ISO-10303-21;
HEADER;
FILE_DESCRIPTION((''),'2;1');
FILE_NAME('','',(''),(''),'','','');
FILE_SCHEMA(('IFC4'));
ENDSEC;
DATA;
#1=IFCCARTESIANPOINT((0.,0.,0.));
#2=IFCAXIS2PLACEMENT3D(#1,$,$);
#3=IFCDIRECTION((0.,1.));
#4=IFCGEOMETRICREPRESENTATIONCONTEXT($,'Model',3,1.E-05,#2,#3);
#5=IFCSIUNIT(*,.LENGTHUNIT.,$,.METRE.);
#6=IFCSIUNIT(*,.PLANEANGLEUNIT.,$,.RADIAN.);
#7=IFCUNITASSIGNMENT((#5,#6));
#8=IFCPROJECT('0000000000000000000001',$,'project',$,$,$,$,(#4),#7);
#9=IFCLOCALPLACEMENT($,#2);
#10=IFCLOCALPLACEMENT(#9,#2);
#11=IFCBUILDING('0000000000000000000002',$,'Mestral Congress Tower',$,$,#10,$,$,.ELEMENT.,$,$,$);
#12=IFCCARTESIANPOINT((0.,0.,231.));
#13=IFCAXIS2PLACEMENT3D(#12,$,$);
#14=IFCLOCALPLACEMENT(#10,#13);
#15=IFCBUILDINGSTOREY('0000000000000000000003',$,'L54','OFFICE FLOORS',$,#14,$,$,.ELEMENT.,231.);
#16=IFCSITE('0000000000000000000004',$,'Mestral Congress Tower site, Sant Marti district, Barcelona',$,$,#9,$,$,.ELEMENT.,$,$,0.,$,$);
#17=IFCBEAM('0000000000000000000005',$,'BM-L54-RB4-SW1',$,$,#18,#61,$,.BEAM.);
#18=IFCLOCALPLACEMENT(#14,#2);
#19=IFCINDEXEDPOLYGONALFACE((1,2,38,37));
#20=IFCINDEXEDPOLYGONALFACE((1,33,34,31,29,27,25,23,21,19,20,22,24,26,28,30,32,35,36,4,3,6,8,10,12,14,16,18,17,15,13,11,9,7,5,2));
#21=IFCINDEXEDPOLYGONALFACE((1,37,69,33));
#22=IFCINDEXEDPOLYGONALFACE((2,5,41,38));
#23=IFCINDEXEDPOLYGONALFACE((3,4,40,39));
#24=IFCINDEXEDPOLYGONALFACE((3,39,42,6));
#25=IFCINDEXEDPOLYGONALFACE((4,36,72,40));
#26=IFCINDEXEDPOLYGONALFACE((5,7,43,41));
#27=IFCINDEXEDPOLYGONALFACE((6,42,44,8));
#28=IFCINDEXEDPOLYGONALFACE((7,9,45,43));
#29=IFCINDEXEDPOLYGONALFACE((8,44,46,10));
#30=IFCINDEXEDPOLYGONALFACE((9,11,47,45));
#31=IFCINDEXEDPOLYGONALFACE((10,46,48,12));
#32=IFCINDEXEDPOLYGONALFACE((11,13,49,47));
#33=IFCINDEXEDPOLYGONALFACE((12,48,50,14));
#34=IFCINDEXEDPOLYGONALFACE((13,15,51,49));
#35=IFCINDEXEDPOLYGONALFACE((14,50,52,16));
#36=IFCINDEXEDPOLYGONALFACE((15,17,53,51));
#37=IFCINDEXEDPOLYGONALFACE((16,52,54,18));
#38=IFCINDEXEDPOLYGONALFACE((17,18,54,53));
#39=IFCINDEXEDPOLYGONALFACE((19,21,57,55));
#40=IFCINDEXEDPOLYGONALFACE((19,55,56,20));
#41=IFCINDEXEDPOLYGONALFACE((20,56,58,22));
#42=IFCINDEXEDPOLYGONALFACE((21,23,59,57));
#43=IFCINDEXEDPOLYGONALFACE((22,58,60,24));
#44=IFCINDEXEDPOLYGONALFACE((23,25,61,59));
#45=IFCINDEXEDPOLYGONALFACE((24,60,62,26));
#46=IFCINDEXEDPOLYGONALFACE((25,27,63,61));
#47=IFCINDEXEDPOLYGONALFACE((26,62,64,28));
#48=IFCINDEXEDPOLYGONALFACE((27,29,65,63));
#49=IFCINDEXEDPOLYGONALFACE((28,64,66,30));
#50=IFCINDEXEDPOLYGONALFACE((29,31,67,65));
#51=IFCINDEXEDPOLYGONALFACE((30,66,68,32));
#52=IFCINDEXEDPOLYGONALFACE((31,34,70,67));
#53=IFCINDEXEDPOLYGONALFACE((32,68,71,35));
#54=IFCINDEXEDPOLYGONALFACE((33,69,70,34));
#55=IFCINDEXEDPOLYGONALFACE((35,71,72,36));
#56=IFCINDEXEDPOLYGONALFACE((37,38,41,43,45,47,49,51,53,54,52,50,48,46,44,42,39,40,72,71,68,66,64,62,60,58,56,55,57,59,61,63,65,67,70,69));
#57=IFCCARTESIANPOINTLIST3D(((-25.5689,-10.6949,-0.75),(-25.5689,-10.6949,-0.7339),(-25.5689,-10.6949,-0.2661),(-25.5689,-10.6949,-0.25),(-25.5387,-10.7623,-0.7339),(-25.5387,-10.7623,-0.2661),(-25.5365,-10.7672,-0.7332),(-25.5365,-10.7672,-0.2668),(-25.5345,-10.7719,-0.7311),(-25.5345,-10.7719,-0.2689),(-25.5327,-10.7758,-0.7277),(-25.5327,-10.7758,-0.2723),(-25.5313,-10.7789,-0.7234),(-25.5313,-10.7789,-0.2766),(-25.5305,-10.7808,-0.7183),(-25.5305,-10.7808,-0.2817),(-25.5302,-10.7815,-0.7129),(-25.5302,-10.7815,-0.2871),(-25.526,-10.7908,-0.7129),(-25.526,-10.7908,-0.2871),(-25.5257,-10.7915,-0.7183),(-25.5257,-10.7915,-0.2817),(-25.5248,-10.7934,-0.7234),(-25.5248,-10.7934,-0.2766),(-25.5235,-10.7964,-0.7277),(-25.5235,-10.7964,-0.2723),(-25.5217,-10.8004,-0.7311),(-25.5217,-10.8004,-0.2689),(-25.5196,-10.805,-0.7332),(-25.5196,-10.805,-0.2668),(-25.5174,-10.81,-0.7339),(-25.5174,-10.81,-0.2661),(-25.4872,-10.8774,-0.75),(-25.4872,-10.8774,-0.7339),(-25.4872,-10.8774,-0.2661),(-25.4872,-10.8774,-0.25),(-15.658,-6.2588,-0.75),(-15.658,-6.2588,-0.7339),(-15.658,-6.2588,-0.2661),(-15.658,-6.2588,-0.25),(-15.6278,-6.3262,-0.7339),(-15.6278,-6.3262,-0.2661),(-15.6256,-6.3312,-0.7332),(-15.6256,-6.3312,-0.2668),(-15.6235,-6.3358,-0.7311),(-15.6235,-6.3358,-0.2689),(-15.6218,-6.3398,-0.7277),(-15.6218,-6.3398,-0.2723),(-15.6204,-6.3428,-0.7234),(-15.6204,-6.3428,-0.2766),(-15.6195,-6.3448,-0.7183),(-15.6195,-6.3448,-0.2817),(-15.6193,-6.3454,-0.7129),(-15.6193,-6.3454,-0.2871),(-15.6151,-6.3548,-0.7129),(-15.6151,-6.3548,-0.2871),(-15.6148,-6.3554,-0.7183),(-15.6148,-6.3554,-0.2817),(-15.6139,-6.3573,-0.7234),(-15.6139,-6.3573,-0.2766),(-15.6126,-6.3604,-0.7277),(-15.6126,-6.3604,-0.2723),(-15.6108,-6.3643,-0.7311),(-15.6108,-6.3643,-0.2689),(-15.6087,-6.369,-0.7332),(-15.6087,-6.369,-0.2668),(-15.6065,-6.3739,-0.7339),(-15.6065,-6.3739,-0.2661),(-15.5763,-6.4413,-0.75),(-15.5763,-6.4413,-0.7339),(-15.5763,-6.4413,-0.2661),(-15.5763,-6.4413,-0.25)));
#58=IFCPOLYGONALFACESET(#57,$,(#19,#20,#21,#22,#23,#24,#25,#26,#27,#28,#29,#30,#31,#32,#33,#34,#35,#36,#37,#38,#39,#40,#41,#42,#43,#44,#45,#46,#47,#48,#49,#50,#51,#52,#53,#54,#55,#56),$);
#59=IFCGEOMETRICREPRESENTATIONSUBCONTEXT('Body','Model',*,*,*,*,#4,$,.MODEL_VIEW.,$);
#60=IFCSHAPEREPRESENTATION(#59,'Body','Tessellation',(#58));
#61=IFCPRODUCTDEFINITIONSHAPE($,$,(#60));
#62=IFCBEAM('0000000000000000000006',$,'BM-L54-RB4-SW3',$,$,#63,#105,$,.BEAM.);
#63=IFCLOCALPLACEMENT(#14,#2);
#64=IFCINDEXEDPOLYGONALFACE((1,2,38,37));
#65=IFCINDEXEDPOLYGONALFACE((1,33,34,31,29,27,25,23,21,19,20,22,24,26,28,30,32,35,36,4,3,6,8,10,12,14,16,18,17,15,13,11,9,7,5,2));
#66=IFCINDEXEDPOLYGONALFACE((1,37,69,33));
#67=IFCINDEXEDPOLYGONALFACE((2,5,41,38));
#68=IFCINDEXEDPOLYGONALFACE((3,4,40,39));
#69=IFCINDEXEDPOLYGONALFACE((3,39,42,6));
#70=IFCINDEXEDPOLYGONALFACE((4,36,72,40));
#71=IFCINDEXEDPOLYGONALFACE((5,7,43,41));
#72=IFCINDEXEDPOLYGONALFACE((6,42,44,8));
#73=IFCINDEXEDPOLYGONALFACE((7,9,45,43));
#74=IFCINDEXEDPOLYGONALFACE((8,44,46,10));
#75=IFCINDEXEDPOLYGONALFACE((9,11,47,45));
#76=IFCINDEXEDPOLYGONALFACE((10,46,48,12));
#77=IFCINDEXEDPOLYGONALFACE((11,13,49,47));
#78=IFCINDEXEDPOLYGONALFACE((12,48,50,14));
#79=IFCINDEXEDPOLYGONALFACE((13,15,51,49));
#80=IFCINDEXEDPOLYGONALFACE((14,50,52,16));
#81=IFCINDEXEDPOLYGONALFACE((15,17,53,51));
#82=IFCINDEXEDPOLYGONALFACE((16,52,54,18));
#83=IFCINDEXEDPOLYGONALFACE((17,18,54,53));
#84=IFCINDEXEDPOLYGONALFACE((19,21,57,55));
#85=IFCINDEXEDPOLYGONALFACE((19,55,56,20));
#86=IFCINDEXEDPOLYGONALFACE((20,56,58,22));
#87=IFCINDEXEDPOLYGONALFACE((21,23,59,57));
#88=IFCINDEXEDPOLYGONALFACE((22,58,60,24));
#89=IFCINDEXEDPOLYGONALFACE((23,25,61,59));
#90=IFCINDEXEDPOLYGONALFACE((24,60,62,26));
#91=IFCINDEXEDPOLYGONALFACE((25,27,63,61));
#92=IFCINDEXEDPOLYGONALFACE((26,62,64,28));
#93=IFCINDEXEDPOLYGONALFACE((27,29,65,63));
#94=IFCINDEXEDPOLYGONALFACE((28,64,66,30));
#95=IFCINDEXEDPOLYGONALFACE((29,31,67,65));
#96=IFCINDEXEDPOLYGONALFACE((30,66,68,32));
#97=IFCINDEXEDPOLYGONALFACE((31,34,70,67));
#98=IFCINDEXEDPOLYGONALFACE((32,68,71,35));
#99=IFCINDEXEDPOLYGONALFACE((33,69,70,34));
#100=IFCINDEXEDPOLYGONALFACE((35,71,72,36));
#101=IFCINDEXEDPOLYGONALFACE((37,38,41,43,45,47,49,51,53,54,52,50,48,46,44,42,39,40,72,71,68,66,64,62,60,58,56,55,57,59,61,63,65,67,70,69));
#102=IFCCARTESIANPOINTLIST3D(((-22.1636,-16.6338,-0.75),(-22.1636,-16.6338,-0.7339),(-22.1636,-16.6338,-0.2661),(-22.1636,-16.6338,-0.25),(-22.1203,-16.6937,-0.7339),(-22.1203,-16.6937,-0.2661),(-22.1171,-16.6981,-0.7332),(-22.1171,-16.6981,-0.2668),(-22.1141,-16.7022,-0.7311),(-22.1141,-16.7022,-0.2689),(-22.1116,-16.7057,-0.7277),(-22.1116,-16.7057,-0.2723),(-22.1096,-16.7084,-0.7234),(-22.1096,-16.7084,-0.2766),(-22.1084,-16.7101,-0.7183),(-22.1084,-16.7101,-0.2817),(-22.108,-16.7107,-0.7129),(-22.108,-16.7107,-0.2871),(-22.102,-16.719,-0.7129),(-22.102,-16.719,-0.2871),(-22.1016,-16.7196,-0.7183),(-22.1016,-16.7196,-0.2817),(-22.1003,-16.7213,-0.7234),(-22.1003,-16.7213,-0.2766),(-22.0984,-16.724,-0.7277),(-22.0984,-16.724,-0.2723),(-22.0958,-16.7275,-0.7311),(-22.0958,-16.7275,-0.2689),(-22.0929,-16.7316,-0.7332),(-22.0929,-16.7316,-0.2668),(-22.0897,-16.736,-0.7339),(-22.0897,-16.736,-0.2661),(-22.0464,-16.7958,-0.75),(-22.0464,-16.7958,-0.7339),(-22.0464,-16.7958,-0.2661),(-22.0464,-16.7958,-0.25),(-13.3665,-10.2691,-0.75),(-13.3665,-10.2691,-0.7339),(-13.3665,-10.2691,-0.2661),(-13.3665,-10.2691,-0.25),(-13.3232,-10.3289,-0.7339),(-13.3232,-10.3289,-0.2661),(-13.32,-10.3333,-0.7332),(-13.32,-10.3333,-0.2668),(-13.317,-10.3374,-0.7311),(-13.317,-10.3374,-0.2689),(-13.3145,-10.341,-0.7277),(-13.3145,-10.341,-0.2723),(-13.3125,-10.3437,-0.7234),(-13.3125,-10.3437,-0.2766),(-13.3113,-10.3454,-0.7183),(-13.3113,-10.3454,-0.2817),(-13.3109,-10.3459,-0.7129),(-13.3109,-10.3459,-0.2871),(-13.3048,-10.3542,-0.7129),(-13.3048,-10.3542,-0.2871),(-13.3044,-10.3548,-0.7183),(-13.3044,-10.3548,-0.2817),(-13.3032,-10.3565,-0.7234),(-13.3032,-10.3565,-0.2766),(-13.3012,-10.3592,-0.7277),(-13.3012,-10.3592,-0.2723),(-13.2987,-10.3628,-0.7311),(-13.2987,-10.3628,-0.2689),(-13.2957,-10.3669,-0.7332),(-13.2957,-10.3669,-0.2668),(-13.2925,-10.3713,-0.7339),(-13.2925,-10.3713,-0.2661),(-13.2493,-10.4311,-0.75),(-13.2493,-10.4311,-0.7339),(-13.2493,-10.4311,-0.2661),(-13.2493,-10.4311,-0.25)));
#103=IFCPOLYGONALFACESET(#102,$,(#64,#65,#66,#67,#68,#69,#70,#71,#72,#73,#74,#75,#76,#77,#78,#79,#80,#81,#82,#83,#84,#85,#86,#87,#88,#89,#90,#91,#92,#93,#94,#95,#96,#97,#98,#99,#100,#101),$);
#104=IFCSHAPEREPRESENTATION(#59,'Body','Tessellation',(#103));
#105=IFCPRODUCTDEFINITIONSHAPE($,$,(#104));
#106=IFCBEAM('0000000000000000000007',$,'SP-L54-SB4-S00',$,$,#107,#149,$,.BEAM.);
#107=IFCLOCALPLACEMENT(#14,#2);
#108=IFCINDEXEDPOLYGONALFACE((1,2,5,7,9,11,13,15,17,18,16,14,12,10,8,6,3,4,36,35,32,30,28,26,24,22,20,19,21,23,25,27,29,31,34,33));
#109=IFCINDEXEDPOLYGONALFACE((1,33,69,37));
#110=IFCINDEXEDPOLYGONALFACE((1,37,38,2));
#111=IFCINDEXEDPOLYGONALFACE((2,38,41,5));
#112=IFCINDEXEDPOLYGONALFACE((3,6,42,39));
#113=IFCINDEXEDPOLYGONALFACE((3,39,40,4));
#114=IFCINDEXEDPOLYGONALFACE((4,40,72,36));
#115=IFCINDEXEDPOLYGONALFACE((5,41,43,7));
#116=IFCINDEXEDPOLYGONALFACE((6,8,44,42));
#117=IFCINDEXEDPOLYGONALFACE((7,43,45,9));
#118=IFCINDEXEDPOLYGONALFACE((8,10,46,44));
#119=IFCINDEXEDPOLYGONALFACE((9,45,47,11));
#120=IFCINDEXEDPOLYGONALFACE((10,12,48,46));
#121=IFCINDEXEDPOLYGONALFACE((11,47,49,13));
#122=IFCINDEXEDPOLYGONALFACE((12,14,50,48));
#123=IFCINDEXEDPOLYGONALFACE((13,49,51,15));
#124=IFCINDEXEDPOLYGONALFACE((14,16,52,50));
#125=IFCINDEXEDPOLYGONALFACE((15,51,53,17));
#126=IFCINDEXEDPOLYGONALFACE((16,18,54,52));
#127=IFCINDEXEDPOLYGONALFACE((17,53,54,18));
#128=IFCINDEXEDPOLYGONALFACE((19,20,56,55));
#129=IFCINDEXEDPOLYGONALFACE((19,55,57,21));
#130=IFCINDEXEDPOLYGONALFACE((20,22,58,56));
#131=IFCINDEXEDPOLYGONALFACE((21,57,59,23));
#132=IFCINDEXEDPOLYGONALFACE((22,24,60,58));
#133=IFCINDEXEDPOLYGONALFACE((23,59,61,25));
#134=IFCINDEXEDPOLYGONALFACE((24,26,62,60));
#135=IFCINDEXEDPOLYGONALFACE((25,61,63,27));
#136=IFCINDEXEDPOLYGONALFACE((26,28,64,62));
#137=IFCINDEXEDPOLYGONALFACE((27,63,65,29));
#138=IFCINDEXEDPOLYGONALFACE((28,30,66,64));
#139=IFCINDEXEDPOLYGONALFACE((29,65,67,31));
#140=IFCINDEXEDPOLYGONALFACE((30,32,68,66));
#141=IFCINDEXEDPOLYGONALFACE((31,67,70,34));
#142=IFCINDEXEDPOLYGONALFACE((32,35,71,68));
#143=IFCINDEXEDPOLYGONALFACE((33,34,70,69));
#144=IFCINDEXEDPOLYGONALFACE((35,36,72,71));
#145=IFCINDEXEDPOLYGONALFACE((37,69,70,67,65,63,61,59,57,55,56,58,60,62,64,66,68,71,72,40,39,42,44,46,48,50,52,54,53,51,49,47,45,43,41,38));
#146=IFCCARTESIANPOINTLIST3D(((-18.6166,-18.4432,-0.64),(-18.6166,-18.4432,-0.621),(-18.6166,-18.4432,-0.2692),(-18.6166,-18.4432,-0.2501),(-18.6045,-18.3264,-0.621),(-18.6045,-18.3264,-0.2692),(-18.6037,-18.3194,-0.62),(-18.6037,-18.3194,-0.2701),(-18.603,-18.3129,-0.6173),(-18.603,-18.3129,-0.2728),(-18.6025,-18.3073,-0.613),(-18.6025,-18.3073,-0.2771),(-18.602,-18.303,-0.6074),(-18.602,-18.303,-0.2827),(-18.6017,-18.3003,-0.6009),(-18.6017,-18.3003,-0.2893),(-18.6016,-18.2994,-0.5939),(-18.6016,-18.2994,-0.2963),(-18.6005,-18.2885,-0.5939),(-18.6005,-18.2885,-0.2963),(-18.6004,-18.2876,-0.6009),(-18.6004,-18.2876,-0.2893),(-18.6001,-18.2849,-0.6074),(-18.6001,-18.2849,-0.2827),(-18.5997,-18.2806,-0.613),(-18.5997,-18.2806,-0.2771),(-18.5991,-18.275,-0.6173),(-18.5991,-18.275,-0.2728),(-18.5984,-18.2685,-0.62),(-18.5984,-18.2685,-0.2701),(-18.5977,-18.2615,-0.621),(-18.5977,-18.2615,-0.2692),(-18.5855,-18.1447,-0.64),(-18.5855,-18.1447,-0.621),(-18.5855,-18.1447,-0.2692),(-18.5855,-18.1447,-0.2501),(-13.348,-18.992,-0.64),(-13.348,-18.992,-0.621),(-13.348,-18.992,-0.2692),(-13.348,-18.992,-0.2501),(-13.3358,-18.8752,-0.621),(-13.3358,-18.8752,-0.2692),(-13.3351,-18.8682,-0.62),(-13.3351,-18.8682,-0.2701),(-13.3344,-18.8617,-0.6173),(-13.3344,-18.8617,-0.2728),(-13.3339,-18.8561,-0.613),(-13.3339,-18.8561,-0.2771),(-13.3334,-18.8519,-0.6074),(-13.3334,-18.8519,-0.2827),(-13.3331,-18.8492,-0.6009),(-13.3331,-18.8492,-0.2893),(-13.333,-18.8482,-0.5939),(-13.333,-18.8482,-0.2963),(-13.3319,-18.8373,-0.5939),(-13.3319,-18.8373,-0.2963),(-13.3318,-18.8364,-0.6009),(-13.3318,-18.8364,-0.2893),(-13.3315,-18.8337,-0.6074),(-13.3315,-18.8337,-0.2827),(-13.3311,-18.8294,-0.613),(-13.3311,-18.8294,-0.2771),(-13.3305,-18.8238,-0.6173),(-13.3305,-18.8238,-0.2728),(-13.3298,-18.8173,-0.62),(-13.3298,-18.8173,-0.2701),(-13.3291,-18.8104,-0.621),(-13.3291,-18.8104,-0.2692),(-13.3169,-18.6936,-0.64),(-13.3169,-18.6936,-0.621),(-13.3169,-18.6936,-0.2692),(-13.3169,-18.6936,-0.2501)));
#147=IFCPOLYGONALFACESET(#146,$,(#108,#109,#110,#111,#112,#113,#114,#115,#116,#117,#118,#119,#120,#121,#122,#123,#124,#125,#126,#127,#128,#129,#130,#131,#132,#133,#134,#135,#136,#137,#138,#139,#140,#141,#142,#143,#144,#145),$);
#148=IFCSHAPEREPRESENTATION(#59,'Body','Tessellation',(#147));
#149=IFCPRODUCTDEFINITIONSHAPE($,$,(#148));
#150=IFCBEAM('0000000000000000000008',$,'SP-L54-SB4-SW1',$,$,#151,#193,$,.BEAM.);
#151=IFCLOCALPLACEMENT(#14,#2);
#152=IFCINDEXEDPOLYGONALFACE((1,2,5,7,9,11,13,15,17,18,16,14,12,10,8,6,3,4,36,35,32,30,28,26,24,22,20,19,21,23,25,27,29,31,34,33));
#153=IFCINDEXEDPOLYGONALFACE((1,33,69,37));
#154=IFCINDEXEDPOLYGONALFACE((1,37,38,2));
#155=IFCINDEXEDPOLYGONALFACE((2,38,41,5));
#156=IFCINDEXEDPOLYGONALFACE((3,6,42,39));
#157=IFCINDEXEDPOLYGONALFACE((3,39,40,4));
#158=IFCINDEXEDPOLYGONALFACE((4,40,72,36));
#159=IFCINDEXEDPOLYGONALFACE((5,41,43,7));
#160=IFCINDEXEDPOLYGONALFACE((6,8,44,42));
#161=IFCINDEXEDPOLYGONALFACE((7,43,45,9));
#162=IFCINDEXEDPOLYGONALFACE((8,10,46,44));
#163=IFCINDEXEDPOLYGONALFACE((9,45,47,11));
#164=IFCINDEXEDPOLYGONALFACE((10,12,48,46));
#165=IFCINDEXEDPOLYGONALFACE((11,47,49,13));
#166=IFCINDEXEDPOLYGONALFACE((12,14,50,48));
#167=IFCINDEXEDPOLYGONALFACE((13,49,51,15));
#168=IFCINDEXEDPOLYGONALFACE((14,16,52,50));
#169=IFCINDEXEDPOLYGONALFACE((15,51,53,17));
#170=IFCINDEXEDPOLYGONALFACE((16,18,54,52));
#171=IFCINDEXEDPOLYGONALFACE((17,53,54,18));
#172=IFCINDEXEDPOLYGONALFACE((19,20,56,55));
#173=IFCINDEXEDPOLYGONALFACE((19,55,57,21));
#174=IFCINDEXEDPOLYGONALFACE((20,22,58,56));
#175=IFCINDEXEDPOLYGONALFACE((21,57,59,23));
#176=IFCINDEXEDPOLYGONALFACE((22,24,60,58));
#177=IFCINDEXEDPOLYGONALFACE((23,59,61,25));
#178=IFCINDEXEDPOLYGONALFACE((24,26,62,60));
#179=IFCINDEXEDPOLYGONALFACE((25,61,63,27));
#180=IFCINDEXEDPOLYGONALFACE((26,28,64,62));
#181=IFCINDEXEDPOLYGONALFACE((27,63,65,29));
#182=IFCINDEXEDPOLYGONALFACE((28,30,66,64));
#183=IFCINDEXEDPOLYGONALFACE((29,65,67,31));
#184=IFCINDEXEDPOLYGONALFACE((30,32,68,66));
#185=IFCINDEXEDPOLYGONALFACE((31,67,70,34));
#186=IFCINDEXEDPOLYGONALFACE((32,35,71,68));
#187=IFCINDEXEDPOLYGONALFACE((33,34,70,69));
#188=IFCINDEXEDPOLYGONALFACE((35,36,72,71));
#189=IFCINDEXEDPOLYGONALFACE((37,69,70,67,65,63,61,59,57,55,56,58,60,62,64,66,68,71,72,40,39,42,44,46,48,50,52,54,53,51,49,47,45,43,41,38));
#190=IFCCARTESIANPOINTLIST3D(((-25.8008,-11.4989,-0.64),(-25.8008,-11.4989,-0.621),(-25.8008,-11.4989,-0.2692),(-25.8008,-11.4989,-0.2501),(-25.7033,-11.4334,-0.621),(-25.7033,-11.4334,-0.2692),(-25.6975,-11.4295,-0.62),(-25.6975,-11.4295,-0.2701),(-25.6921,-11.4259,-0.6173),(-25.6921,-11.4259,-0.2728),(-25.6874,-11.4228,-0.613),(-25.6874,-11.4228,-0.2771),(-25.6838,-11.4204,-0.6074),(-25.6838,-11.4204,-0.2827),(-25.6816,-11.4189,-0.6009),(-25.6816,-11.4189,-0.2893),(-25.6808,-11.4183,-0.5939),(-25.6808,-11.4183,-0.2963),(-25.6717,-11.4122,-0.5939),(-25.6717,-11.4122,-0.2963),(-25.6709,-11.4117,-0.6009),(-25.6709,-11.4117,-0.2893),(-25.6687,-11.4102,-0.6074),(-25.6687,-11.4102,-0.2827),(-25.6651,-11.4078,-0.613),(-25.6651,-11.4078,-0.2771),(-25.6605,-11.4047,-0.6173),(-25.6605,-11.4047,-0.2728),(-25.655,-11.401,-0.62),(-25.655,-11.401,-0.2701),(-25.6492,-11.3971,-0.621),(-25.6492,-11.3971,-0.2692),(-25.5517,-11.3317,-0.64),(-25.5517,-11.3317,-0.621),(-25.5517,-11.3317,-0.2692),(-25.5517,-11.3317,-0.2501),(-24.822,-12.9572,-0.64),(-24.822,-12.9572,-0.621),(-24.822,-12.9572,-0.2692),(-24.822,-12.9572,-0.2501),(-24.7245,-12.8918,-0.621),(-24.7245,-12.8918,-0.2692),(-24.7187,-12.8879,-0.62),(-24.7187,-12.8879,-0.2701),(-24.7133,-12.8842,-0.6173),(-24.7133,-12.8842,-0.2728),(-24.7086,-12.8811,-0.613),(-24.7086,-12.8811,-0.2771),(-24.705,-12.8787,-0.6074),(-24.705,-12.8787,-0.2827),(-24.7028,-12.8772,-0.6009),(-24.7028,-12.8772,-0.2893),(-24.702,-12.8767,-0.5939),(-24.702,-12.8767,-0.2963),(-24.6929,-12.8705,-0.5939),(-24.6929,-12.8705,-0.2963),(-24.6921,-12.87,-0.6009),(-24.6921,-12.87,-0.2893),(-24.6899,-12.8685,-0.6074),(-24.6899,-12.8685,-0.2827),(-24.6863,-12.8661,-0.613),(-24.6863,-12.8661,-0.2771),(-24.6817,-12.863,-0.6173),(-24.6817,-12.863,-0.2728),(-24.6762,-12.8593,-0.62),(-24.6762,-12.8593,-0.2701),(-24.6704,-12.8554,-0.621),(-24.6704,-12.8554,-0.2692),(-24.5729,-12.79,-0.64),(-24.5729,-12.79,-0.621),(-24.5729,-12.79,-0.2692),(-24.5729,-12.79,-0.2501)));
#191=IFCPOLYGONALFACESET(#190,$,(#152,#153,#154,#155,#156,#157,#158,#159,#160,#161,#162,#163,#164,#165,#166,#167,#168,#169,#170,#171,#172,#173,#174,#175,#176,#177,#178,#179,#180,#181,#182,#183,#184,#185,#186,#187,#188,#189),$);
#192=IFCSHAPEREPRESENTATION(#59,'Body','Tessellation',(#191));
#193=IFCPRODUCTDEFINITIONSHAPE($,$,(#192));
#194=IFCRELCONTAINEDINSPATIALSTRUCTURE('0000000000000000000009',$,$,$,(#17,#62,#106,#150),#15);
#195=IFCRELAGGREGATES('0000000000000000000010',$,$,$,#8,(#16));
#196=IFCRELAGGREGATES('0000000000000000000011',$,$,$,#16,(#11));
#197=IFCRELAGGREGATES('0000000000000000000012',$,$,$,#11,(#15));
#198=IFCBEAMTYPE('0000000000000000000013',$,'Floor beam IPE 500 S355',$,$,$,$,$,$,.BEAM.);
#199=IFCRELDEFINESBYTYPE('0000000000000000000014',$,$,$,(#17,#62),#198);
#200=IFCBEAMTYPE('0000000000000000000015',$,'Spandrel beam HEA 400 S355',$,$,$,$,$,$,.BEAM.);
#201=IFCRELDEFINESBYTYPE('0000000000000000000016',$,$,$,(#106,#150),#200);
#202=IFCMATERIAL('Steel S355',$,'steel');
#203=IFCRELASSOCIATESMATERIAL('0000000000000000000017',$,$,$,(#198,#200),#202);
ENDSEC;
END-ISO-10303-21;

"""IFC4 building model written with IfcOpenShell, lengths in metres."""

from ifc_helpers import new_model, si_unit, direction, frame, origin, origin_2d, place, context, subcontext, project, spatial, i_section, extrude, material, material_profile, profile_set, type_object, element, save


model = new_model("IFC4")

# Units and contexts
model_context = context("Model", 3, precision=1e-05, world=origin(), true_north=direction((0.0, 1.0)))
body_context = subcontext(model_context, "Body", "Model", "MODEL_VIEW")
ifc_project = project(units=[si_unit("LENGTHUNIT", "METRE"), si_unit("PLANEANGLEUNIT", "RADIAN")], contexts=[model_context])

# Site, building, storey
site_placement = place(None, origin())
site = spatial("IfcSite", under=ifc_project, at=site_placement, Name="Mestral Congress Tower site, Sant Marti district, Barcelona", CompositionType="ELEMENT", RefElevation=0.0)
building_placement = place(site_placement, origin())
building = spatial("IfcBuilding", under=site, at=building_placement, Name="Mestral Congress Tower", CompositionType="ELEMENT")
storey_placement = place(building_placement, frame((0.0, 0.0, 231.0)))
storey = spatial("IfcBuildingStorey", under=building, at=storey_placement, Name="L54", Description="OFFICE FLOORS", CompositionType="ELEMENT", Elevation=231.0)

# Beams
ifc_material_1 = material(Name="Steel S355", Category="steel")
ifc_material_profile_1 = material_profile(ifc_material_1, i_section(OverallWidth=0.2, OverallDepth=0.5, WebThickness=0.0103, FlangeThickness=0.0161, FilletRadius=0.021, at=origin_2d()), Name="IPE 500")
ifc_profile_set_1 = profile_set([ifc_material_profile_1], Name="Steel S355")
beam_type_1 = type_object("IfcBeamType", Name="Floor beam IPE 500 S355", PredefinedType="BEAM", material=ifc_profile_set_1)
beam_1_placement = place(storey_placement, frame((-25.5281, -10.7861, -0.5), z_axis=(0.912742, 0.408536, 0.0), x_axis=(-0.408536, 0.912742, 0.0)))
element("IfcBeam", 1, at=beam_1_placement, inside=storey, type_object=beam_type_1, Name="BM-L54-RB4-SW1", PredefinedType="BEAM", context=body_context, shape_type="SweptSolid", body=[
    extrude(i_section(OverallWidth=0.2, OverallDepth=0.5, WebThickness=0.0103, FlangeThickness=0.0161, FilletRadius=0.021, at=origin_2d()), origin(), (0.0, 0.0, 1.0), 10.8584),
])
beam_2_placement = place(storey_placement, frame((-22.105, -16.7148, -0.5), z_axis=(0.810186, 0.586173, 0.0), x_axis=(-0.586173, 0.810186, 0.0)))
element("IfcBeam", 2, at=beam_2_placement, inside=storey, type_object=beam_type_1, Name="BM-L54-RB4-SW3", PredefinedType="BEAM", context=body_context, shape_type="SweptSolid", body=[
    extrude(i_section(OverallWidth=0.2, OverallDepth=0.5, WebThickness=0.0103, FlangeThickness=0.0161, FilletRadius=0.021, at=origin_2d()), origin(), (0.0, 0.0, 1.0), 10.8582),
])
ifc_material_profile_2 = material_profile(ifc_material_1, i_section(OverallWidth=0.3, OverallDepth=0.3899, WebThickness=0.011, FlangeThickness=0.019, FilletRadius=0.0271, at=origin_2d()), Name="HEA 400")
ifc_profile_set_2 = profile_set([ifc_material_profile_2], Name="Steel S355")
beam_type_2 = type_object("IfcBeamType", Name="Spandrel beam HEA 400 S355", PredefinedType="BEAM", material=ifc_profile_set_2)
beam_3_placement = place(storey_placement, frame((-18.6011, -18.2939, -0.4451), z_axis=(0.994618, -0.10361, 0.0), x_axis=(0.10361, 0.994618, 0.0)))
element("IfcBeam", 3, at=beam_3_placement, inside=storey, type_object=beam_type_2, Name="SP-L54-SB4-S00", PredefinedType="BEAM", context=body_context, shape_type="SweptSolid", body=[
    extrude(i_section(OverallWidth=0.3, OverallDepth=0.3899, WebThickness=0.011, FlangeThickness=0.019, FilletRadius=0.0271, at=origin_2d()), origin(), (0.0, 0.0, 1.0), 5.2971),
])
for number, where, z_axis, x_axis, name in (
    (4, (-25.6763, -11.4153, -0.4451), (0.557296, -0.830314, 0.0), (0.830314, 0.557296, 0.0), "SP-L54-SB4-SW1"),
):
    element("IfcBeam", number, at=place(storey_placement, frame(where, z_axis=z_axis, x_axis=x_axis)), inside=storey, type_object=beam_type_2, Name=name, PredefinedType="BEAM", context=body_context, shape_type="SweptSolid", body=[
        extrude(i_section(OverallWidth=0.3, OverallDepth=0.3899, WebThickness=0.011, FlangeThickness=0.019, FilletRadius=0.0271, at=origin_2d()), origin(), (0.0, 0.0, 1.0), 1.7563),
    ])

save(model, "model.ifc")
